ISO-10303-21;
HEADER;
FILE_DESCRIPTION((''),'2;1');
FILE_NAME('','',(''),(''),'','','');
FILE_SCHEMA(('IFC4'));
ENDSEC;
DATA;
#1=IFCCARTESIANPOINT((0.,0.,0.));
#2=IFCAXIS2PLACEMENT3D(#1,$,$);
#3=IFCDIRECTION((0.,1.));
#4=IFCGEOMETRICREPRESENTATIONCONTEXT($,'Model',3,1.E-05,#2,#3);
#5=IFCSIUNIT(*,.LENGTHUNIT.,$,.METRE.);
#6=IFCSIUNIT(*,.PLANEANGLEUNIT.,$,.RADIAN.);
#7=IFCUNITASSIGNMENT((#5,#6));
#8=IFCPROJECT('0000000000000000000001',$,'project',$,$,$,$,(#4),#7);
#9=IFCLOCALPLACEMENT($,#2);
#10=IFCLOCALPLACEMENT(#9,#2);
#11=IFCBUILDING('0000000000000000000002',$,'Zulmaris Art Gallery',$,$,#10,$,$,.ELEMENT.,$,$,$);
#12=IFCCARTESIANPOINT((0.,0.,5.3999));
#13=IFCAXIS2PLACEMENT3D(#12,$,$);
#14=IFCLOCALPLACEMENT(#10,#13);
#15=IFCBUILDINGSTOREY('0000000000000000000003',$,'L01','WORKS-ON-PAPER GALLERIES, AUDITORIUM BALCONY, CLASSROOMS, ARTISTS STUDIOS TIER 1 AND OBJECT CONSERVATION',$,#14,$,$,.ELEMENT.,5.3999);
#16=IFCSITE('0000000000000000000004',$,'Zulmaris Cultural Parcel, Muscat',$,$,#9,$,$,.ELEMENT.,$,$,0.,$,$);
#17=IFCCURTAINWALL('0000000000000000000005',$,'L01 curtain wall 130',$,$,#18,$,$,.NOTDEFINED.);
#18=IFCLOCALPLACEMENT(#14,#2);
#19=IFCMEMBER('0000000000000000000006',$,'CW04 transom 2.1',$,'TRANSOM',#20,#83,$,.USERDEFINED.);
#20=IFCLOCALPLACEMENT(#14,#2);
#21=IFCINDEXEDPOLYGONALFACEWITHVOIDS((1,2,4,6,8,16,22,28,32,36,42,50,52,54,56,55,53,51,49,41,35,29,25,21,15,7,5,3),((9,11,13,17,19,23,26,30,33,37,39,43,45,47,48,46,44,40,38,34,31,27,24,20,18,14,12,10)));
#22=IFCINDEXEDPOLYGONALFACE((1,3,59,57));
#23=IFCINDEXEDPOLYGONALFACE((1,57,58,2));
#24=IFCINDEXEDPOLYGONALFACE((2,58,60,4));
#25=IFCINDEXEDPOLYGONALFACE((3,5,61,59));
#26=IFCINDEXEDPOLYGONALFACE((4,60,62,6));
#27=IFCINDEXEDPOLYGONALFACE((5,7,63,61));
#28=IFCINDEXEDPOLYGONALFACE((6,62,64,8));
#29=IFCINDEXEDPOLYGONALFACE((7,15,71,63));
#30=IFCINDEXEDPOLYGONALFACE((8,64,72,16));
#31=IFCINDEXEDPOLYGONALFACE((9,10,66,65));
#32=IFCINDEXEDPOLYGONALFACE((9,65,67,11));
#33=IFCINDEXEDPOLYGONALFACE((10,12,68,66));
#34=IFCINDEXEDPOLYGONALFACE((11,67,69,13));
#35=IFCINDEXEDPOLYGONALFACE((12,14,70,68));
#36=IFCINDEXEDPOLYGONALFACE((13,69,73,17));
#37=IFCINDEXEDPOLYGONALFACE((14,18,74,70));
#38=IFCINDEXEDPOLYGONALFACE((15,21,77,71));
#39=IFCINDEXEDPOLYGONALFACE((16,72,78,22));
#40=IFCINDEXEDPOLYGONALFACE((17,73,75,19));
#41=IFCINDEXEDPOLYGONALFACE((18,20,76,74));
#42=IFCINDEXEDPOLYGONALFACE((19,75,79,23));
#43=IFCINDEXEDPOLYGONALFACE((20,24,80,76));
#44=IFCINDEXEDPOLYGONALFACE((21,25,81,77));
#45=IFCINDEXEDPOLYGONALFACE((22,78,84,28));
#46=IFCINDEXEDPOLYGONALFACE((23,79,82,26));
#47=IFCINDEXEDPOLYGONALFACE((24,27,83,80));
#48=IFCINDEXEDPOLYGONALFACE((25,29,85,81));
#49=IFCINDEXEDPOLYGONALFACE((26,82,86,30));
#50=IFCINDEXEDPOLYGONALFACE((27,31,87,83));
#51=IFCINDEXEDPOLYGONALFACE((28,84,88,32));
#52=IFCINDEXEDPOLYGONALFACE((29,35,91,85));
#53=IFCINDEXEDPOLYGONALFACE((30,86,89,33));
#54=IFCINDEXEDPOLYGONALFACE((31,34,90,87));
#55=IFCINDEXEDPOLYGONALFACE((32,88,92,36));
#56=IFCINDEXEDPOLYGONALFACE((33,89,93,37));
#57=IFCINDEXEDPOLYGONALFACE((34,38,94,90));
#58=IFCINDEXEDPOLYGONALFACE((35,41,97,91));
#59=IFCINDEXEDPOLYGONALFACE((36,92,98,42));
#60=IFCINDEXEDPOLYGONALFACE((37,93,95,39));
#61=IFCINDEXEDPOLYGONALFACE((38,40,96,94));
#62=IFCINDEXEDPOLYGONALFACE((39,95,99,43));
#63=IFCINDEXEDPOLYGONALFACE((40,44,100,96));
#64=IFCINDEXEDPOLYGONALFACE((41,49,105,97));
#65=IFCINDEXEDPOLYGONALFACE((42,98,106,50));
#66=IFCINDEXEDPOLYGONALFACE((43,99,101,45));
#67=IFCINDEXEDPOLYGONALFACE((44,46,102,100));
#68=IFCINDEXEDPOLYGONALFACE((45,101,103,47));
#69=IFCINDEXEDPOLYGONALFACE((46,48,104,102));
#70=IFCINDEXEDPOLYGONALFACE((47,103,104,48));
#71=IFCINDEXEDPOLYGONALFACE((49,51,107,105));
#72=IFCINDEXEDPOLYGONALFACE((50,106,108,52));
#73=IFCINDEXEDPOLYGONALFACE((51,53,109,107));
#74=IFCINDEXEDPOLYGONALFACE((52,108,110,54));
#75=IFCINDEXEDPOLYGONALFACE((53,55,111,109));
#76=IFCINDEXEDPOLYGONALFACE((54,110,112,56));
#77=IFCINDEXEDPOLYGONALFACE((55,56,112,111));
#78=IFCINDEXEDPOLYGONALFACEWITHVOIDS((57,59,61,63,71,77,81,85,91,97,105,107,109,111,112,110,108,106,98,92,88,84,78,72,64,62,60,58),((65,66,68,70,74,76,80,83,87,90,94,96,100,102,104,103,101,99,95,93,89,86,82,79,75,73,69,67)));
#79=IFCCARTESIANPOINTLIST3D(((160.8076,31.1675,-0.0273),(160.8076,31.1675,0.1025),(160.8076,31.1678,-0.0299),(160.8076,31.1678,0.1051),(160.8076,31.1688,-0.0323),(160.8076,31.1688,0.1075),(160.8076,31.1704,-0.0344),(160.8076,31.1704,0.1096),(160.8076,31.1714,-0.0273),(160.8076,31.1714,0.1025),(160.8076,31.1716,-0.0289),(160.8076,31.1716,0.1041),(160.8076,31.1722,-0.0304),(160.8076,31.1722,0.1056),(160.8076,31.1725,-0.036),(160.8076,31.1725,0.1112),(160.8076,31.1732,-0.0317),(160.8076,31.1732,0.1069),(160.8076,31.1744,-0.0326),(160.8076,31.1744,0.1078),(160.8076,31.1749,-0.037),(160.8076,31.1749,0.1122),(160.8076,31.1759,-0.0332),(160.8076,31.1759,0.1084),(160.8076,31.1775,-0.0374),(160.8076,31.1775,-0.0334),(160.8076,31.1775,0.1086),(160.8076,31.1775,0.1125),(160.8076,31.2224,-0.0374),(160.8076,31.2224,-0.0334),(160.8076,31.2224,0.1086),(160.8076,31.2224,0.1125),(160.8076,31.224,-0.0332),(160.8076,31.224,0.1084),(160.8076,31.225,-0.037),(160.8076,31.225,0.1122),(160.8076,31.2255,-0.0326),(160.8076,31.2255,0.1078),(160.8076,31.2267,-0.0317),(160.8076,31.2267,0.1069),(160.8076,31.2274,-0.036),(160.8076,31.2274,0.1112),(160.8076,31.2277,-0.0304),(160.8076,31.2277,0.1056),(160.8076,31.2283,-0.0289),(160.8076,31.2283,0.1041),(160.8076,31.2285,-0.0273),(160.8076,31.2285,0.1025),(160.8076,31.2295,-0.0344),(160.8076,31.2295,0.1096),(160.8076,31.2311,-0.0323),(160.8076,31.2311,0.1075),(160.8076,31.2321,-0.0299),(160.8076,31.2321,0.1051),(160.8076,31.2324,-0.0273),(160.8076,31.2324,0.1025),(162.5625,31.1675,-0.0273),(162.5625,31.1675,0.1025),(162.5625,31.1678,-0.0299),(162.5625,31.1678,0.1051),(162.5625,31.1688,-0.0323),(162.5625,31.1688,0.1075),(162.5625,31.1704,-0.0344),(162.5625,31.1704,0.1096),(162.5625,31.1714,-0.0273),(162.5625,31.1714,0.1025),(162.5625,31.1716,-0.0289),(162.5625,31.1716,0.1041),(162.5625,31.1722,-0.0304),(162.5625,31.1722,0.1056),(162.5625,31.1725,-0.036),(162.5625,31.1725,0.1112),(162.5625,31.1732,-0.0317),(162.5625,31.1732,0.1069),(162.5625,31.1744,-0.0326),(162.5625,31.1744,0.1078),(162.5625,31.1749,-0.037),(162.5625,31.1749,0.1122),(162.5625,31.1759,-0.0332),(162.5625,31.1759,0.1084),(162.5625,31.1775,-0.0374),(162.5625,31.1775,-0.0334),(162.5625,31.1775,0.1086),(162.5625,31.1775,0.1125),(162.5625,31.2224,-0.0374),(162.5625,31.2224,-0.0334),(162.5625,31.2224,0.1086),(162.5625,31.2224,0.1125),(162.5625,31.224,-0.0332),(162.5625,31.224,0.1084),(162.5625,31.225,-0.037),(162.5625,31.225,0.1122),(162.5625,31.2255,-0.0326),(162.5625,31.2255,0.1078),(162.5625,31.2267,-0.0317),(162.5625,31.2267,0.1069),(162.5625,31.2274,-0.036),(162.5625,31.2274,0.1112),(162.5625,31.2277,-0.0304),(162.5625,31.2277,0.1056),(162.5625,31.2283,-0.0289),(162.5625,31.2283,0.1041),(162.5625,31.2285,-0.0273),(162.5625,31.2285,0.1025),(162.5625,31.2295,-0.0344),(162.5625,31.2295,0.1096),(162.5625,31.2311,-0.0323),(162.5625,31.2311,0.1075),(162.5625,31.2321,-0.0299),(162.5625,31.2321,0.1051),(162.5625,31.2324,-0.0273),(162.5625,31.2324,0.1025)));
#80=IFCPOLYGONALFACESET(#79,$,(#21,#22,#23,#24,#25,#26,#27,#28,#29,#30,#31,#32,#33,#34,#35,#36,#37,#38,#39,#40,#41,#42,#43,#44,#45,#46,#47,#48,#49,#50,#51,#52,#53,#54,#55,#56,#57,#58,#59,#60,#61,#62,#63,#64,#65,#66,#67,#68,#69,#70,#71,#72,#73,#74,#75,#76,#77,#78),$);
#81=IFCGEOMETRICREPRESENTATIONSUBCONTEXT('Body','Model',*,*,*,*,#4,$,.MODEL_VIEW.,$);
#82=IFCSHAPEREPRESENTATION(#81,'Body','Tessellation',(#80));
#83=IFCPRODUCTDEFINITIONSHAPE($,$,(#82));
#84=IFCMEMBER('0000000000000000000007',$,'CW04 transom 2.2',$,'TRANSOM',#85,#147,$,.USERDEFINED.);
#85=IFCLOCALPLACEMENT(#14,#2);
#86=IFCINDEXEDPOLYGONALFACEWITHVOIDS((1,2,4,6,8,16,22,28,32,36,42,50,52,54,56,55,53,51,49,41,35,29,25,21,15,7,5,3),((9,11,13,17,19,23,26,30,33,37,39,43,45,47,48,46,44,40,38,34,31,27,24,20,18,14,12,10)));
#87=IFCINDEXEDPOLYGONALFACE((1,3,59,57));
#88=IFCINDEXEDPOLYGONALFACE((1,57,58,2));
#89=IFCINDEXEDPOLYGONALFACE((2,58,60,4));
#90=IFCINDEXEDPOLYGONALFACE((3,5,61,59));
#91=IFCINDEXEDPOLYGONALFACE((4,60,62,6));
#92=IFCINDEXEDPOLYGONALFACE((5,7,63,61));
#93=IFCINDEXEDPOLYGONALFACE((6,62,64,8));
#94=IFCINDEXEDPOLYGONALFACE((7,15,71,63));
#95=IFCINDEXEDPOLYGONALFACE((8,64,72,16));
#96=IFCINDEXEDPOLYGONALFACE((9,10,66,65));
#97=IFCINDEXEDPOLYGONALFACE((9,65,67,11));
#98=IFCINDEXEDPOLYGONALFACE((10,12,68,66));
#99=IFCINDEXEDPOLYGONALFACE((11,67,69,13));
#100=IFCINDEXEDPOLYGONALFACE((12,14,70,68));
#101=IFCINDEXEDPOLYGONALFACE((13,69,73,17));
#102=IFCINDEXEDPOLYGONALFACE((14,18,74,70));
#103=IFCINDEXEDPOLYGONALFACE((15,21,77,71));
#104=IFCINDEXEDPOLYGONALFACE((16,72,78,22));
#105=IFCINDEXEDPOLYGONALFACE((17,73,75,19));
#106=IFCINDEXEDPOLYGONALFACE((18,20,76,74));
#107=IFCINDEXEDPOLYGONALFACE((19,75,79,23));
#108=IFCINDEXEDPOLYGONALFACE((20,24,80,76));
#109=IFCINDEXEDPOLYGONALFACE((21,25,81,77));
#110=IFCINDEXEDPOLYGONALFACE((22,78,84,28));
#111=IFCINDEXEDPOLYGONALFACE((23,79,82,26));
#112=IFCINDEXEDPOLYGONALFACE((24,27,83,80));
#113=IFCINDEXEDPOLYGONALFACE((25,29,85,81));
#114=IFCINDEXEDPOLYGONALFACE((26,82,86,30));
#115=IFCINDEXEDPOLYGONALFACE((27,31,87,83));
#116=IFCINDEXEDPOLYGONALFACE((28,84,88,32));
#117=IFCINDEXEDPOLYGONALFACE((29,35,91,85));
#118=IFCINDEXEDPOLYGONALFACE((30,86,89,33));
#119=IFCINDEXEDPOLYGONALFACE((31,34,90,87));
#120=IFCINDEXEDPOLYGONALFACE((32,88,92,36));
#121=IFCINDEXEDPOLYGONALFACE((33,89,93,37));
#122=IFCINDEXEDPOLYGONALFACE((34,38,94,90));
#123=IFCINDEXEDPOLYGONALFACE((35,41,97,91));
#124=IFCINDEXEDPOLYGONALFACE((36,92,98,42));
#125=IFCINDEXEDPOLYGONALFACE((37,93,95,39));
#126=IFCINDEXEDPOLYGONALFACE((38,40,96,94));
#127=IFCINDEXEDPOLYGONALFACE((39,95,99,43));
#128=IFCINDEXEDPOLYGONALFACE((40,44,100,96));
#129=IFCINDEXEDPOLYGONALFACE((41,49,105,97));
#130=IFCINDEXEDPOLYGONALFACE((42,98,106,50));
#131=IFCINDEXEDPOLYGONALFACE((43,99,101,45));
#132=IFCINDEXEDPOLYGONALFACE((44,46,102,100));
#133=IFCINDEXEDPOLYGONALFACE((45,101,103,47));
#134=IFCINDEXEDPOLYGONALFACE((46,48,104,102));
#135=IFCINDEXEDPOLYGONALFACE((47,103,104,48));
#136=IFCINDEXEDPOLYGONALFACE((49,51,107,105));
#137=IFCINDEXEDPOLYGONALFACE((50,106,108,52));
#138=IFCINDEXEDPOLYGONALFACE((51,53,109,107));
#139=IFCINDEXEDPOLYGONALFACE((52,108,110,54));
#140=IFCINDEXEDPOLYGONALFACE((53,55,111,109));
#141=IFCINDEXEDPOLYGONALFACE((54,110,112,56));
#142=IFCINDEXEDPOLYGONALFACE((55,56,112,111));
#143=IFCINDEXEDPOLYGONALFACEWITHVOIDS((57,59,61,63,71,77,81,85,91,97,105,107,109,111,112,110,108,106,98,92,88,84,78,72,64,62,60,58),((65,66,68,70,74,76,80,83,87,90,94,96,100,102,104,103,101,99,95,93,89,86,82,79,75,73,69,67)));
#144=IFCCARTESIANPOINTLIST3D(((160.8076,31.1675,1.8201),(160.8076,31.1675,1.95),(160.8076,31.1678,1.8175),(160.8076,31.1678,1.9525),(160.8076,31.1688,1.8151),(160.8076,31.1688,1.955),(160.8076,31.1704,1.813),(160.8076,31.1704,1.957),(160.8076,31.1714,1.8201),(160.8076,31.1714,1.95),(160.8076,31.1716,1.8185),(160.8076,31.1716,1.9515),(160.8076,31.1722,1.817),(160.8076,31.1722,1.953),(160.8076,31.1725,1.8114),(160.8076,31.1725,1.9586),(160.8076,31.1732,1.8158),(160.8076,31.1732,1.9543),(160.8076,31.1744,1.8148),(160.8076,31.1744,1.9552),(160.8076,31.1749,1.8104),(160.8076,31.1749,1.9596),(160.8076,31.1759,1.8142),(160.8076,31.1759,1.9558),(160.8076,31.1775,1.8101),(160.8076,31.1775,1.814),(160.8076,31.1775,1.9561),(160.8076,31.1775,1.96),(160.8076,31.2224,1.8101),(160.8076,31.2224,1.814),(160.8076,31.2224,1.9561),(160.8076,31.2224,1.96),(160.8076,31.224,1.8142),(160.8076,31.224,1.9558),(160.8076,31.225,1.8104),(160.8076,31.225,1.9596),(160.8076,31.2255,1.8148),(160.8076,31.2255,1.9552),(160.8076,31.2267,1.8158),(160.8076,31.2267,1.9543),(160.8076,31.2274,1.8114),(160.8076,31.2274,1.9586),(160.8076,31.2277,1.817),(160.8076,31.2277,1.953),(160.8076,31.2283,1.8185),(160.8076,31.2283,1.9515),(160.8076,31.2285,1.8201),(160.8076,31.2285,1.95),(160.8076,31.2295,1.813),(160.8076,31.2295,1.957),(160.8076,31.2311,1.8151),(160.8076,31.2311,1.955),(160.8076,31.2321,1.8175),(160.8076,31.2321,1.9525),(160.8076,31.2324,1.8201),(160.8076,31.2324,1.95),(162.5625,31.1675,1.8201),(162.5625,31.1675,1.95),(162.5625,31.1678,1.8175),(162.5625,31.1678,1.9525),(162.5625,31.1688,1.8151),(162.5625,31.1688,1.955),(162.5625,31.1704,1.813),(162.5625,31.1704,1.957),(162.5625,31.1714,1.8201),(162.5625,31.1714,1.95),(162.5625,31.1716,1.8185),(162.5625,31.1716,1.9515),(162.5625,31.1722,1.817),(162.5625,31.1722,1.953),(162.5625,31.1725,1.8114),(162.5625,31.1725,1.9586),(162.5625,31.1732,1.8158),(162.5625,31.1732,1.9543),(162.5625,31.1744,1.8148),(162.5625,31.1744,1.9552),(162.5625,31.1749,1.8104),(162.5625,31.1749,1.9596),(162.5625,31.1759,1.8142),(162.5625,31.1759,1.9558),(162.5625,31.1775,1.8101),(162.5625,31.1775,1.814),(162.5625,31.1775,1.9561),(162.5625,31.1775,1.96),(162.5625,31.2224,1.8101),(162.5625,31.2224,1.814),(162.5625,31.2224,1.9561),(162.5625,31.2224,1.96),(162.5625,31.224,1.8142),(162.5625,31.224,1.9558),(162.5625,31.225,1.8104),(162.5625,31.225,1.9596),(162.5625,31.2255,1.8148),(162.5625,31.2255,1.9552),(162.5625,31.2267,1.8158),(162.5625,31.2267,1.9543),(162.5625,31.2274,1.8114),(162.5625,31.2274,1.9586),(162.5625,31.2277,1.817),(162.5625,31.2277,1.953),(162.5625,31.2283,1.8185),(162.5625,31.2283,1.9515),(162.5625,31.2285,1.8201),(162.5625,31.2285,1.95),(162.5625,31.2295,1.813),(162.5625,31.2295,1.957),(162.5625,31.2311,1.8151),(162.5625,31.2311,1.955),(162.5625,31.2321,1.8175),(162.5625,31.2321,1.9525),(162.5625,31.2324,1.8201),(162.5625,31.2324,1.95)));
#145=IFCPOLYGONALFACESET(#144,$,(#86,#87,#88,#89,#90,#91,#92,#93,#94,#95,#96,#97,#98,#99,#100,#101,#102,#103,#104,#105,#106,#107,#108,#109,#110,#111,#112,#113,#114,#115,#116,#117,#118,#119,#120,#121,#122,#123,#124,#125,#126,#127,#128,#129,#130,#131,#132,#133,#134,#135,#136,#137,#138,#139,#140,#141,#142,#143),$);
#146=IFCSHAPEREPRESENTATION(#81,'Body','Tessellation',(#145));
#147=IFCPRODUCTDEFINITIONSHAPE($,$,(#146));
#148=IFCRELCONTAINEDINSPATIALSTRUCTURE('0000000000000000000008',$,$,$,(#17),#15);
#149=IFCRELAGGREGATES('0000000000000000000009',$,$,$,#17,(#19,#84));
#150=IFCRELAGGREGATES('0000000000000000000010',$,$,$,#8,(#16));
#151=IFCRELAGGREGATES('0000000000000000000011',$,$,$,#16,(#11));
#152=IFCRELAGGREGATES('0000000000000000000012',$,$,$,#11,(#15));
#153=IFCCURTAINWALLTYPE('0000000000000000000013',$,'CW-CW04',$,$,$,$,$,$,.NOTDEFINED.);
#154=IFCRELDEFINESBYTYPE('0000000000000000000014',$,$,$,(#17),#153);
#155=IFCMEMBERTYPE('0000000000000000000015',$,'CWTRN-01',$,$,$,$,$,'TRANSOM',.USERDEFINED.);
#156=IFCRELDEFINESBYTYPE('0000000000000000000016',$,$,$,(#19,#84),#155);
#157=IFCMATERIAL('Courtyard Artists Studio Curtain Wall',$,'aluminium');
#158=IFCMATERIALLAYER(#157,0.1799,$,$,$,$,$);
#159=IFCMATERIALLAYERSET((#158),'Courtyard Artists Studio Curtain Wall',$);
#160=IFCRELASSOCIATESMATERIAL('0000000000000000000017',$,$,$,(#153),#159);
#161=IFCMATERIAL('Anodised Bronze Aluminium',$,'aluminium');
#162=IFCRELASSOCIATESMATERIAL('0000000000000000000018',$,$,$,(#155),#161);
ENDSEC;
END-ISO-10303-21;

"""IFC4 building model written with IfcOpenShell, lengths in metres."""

from ifc_helpers import new_model, si_unit, direction, frame, origin, origin_2d, place, context, subcontext, project, spatial, hollow_rectangle, extrude, material, layer, layer_set, material_profile, profile_set, type_object, element, aggregate, save


model = new_model("IFC4")

# Units and contexts
model_context = context("Model", 3, precision=1e-05, world=origin(), true_north=direction((0.0, 1.0)))
body_context = subcontext(model_context, "Body", "Model", "MODEL_VIEW")
ifc_project = project(units=[si_unit("LENGTHUNIT", "METRE"), si_unit("PLANEANGLEUNIT", "RADIAN")], contexts=[model_context])

# Site, building, storey
site_placement = place(None, origin())
site = spatial("IfcSite", under=ifc_project, at=site_placement, Name="Zulmaris Cultural Parcel, Muscat", CompositionType="ELEMENT", RefElevation=0.0)
building_placement = place(site_placement, origin())
building = spatial("IfcBuilding", under=site, at=building_placement, Name="Zulmaris Art Gallery", CompositionType="ELEMENT")
storey_placement = place(building_placement, frame((0.0, 0.0, 5.3999)))
storey = spatial("IfcBuildingStorey", under=building, at=storey_placement, Name="L01", Description="WORKS-ON-PAPER GALLERIES, AUDITORIUM BALCONY, CLASSROOMS, ARTISTS STUDIOS TIER 1 AND OBJECT CONSERVATION", CompositionType="ELEMENT", Elevation=5.3999)

# Curtain wall
ifc_material_1 = material(Name="Courtyard Artists Studio Curtain Wall", Category="aluminium")
ifc_layer_1 = layer(ifc_material_1, 0.1799)
ifc_layer_set_1 = layer_set([ifc_layer_1], Name="Courtyard Artists Studio Curtain Wall")
curtain_wall_type = type_object("IfcCurtainWallType", Name="CW-CW04", PredefinedType="NOTDEFINED", material=ifc_layer_set_1)
curtain_wall_1_placement = place(storey_placement, origin())
curtain_wall_1 = element("IfcCurtainWall", 1, at=curtain_wall_1_placement, inside=storey, type_object=curtain_wall_type, Name="L01 curtain wall 130", PredefinedType="NOTDEFINED")
ifc_material_2 = material(Name="Anodised Bronze Aluminium", Category="aluminium")

# Members
ifc_material_profile_1 = material_profile(ifc_material_2, hollow_rectangle(XDim=0.0649, YDim=0.1499, WallThickness=0.0039, InnerFilletRadius=0.0061, OuterFilletRadius=0.01, at=origin_2d()), Name="ALU 65x150x4")
ifc_profile_set_1 = profile_set([ifc_material_profile_1], Name="Anodised Bronze Aluminium")
member_type_1 = type_object("IfcMemberType", Name="CWTRN-01", ElementType="TRANSOM", PredefinedType="USERDEFINED", material=ifc_profile_set_1)
member_1_placement = place(storey_placement, frame((160.8076, 31.2, 0.0376), z_axis=(1.0, 0.0, 0.0), x_axis=(0.0, 1.0, 0.0)))
member_1 = element("IfcMember", 2, at=member_1_placement, type_object=member_type_1, Name="CW04 transom 2.1", ObjectType="TRANSOM", PredefinedType="USERDEFINED", context=body_context, shape_type="SweptSolid", body=[
    extrude(hollow_rectangle(XDim=0.0649, YDim=0.1499, WallThickness=0.0039, InnerFilletRadius=0.0061, OuterFilletRadius=0.01, at=origin_2d()), origin(), (0.0, 0.0, 1.0), 1.7549),
])
member_2_placement = place(storey_placement, frame((160.8076, 31.2, 1.885), z_axis=(1.0, 0.0, 0.0), x_axis=(0.0, 1.0, 0.0)))
member_2 = element("IfcMember", 3, at=member_2_placement, type_object=member_type_1, Name="CW04 transom 2.2", ObjectType="TRANSOM", PredefinedType="USERDEFINED", context=body_context, shape_type="SweptSolid", body=[
    extrude(hollow_rectangle(XDim=0.0649, YDim=0.1499, WallThickness=0.0039, InnerFilletRadius=0.0061, OuterFilletRadius=0.01, at=origin_2d()), origin(), (0.0, 0.0, 1.0), 1.7549),
])

aggregate(curtain_wall_1, [member_1, member_2])

save(model, "model.ifc")
